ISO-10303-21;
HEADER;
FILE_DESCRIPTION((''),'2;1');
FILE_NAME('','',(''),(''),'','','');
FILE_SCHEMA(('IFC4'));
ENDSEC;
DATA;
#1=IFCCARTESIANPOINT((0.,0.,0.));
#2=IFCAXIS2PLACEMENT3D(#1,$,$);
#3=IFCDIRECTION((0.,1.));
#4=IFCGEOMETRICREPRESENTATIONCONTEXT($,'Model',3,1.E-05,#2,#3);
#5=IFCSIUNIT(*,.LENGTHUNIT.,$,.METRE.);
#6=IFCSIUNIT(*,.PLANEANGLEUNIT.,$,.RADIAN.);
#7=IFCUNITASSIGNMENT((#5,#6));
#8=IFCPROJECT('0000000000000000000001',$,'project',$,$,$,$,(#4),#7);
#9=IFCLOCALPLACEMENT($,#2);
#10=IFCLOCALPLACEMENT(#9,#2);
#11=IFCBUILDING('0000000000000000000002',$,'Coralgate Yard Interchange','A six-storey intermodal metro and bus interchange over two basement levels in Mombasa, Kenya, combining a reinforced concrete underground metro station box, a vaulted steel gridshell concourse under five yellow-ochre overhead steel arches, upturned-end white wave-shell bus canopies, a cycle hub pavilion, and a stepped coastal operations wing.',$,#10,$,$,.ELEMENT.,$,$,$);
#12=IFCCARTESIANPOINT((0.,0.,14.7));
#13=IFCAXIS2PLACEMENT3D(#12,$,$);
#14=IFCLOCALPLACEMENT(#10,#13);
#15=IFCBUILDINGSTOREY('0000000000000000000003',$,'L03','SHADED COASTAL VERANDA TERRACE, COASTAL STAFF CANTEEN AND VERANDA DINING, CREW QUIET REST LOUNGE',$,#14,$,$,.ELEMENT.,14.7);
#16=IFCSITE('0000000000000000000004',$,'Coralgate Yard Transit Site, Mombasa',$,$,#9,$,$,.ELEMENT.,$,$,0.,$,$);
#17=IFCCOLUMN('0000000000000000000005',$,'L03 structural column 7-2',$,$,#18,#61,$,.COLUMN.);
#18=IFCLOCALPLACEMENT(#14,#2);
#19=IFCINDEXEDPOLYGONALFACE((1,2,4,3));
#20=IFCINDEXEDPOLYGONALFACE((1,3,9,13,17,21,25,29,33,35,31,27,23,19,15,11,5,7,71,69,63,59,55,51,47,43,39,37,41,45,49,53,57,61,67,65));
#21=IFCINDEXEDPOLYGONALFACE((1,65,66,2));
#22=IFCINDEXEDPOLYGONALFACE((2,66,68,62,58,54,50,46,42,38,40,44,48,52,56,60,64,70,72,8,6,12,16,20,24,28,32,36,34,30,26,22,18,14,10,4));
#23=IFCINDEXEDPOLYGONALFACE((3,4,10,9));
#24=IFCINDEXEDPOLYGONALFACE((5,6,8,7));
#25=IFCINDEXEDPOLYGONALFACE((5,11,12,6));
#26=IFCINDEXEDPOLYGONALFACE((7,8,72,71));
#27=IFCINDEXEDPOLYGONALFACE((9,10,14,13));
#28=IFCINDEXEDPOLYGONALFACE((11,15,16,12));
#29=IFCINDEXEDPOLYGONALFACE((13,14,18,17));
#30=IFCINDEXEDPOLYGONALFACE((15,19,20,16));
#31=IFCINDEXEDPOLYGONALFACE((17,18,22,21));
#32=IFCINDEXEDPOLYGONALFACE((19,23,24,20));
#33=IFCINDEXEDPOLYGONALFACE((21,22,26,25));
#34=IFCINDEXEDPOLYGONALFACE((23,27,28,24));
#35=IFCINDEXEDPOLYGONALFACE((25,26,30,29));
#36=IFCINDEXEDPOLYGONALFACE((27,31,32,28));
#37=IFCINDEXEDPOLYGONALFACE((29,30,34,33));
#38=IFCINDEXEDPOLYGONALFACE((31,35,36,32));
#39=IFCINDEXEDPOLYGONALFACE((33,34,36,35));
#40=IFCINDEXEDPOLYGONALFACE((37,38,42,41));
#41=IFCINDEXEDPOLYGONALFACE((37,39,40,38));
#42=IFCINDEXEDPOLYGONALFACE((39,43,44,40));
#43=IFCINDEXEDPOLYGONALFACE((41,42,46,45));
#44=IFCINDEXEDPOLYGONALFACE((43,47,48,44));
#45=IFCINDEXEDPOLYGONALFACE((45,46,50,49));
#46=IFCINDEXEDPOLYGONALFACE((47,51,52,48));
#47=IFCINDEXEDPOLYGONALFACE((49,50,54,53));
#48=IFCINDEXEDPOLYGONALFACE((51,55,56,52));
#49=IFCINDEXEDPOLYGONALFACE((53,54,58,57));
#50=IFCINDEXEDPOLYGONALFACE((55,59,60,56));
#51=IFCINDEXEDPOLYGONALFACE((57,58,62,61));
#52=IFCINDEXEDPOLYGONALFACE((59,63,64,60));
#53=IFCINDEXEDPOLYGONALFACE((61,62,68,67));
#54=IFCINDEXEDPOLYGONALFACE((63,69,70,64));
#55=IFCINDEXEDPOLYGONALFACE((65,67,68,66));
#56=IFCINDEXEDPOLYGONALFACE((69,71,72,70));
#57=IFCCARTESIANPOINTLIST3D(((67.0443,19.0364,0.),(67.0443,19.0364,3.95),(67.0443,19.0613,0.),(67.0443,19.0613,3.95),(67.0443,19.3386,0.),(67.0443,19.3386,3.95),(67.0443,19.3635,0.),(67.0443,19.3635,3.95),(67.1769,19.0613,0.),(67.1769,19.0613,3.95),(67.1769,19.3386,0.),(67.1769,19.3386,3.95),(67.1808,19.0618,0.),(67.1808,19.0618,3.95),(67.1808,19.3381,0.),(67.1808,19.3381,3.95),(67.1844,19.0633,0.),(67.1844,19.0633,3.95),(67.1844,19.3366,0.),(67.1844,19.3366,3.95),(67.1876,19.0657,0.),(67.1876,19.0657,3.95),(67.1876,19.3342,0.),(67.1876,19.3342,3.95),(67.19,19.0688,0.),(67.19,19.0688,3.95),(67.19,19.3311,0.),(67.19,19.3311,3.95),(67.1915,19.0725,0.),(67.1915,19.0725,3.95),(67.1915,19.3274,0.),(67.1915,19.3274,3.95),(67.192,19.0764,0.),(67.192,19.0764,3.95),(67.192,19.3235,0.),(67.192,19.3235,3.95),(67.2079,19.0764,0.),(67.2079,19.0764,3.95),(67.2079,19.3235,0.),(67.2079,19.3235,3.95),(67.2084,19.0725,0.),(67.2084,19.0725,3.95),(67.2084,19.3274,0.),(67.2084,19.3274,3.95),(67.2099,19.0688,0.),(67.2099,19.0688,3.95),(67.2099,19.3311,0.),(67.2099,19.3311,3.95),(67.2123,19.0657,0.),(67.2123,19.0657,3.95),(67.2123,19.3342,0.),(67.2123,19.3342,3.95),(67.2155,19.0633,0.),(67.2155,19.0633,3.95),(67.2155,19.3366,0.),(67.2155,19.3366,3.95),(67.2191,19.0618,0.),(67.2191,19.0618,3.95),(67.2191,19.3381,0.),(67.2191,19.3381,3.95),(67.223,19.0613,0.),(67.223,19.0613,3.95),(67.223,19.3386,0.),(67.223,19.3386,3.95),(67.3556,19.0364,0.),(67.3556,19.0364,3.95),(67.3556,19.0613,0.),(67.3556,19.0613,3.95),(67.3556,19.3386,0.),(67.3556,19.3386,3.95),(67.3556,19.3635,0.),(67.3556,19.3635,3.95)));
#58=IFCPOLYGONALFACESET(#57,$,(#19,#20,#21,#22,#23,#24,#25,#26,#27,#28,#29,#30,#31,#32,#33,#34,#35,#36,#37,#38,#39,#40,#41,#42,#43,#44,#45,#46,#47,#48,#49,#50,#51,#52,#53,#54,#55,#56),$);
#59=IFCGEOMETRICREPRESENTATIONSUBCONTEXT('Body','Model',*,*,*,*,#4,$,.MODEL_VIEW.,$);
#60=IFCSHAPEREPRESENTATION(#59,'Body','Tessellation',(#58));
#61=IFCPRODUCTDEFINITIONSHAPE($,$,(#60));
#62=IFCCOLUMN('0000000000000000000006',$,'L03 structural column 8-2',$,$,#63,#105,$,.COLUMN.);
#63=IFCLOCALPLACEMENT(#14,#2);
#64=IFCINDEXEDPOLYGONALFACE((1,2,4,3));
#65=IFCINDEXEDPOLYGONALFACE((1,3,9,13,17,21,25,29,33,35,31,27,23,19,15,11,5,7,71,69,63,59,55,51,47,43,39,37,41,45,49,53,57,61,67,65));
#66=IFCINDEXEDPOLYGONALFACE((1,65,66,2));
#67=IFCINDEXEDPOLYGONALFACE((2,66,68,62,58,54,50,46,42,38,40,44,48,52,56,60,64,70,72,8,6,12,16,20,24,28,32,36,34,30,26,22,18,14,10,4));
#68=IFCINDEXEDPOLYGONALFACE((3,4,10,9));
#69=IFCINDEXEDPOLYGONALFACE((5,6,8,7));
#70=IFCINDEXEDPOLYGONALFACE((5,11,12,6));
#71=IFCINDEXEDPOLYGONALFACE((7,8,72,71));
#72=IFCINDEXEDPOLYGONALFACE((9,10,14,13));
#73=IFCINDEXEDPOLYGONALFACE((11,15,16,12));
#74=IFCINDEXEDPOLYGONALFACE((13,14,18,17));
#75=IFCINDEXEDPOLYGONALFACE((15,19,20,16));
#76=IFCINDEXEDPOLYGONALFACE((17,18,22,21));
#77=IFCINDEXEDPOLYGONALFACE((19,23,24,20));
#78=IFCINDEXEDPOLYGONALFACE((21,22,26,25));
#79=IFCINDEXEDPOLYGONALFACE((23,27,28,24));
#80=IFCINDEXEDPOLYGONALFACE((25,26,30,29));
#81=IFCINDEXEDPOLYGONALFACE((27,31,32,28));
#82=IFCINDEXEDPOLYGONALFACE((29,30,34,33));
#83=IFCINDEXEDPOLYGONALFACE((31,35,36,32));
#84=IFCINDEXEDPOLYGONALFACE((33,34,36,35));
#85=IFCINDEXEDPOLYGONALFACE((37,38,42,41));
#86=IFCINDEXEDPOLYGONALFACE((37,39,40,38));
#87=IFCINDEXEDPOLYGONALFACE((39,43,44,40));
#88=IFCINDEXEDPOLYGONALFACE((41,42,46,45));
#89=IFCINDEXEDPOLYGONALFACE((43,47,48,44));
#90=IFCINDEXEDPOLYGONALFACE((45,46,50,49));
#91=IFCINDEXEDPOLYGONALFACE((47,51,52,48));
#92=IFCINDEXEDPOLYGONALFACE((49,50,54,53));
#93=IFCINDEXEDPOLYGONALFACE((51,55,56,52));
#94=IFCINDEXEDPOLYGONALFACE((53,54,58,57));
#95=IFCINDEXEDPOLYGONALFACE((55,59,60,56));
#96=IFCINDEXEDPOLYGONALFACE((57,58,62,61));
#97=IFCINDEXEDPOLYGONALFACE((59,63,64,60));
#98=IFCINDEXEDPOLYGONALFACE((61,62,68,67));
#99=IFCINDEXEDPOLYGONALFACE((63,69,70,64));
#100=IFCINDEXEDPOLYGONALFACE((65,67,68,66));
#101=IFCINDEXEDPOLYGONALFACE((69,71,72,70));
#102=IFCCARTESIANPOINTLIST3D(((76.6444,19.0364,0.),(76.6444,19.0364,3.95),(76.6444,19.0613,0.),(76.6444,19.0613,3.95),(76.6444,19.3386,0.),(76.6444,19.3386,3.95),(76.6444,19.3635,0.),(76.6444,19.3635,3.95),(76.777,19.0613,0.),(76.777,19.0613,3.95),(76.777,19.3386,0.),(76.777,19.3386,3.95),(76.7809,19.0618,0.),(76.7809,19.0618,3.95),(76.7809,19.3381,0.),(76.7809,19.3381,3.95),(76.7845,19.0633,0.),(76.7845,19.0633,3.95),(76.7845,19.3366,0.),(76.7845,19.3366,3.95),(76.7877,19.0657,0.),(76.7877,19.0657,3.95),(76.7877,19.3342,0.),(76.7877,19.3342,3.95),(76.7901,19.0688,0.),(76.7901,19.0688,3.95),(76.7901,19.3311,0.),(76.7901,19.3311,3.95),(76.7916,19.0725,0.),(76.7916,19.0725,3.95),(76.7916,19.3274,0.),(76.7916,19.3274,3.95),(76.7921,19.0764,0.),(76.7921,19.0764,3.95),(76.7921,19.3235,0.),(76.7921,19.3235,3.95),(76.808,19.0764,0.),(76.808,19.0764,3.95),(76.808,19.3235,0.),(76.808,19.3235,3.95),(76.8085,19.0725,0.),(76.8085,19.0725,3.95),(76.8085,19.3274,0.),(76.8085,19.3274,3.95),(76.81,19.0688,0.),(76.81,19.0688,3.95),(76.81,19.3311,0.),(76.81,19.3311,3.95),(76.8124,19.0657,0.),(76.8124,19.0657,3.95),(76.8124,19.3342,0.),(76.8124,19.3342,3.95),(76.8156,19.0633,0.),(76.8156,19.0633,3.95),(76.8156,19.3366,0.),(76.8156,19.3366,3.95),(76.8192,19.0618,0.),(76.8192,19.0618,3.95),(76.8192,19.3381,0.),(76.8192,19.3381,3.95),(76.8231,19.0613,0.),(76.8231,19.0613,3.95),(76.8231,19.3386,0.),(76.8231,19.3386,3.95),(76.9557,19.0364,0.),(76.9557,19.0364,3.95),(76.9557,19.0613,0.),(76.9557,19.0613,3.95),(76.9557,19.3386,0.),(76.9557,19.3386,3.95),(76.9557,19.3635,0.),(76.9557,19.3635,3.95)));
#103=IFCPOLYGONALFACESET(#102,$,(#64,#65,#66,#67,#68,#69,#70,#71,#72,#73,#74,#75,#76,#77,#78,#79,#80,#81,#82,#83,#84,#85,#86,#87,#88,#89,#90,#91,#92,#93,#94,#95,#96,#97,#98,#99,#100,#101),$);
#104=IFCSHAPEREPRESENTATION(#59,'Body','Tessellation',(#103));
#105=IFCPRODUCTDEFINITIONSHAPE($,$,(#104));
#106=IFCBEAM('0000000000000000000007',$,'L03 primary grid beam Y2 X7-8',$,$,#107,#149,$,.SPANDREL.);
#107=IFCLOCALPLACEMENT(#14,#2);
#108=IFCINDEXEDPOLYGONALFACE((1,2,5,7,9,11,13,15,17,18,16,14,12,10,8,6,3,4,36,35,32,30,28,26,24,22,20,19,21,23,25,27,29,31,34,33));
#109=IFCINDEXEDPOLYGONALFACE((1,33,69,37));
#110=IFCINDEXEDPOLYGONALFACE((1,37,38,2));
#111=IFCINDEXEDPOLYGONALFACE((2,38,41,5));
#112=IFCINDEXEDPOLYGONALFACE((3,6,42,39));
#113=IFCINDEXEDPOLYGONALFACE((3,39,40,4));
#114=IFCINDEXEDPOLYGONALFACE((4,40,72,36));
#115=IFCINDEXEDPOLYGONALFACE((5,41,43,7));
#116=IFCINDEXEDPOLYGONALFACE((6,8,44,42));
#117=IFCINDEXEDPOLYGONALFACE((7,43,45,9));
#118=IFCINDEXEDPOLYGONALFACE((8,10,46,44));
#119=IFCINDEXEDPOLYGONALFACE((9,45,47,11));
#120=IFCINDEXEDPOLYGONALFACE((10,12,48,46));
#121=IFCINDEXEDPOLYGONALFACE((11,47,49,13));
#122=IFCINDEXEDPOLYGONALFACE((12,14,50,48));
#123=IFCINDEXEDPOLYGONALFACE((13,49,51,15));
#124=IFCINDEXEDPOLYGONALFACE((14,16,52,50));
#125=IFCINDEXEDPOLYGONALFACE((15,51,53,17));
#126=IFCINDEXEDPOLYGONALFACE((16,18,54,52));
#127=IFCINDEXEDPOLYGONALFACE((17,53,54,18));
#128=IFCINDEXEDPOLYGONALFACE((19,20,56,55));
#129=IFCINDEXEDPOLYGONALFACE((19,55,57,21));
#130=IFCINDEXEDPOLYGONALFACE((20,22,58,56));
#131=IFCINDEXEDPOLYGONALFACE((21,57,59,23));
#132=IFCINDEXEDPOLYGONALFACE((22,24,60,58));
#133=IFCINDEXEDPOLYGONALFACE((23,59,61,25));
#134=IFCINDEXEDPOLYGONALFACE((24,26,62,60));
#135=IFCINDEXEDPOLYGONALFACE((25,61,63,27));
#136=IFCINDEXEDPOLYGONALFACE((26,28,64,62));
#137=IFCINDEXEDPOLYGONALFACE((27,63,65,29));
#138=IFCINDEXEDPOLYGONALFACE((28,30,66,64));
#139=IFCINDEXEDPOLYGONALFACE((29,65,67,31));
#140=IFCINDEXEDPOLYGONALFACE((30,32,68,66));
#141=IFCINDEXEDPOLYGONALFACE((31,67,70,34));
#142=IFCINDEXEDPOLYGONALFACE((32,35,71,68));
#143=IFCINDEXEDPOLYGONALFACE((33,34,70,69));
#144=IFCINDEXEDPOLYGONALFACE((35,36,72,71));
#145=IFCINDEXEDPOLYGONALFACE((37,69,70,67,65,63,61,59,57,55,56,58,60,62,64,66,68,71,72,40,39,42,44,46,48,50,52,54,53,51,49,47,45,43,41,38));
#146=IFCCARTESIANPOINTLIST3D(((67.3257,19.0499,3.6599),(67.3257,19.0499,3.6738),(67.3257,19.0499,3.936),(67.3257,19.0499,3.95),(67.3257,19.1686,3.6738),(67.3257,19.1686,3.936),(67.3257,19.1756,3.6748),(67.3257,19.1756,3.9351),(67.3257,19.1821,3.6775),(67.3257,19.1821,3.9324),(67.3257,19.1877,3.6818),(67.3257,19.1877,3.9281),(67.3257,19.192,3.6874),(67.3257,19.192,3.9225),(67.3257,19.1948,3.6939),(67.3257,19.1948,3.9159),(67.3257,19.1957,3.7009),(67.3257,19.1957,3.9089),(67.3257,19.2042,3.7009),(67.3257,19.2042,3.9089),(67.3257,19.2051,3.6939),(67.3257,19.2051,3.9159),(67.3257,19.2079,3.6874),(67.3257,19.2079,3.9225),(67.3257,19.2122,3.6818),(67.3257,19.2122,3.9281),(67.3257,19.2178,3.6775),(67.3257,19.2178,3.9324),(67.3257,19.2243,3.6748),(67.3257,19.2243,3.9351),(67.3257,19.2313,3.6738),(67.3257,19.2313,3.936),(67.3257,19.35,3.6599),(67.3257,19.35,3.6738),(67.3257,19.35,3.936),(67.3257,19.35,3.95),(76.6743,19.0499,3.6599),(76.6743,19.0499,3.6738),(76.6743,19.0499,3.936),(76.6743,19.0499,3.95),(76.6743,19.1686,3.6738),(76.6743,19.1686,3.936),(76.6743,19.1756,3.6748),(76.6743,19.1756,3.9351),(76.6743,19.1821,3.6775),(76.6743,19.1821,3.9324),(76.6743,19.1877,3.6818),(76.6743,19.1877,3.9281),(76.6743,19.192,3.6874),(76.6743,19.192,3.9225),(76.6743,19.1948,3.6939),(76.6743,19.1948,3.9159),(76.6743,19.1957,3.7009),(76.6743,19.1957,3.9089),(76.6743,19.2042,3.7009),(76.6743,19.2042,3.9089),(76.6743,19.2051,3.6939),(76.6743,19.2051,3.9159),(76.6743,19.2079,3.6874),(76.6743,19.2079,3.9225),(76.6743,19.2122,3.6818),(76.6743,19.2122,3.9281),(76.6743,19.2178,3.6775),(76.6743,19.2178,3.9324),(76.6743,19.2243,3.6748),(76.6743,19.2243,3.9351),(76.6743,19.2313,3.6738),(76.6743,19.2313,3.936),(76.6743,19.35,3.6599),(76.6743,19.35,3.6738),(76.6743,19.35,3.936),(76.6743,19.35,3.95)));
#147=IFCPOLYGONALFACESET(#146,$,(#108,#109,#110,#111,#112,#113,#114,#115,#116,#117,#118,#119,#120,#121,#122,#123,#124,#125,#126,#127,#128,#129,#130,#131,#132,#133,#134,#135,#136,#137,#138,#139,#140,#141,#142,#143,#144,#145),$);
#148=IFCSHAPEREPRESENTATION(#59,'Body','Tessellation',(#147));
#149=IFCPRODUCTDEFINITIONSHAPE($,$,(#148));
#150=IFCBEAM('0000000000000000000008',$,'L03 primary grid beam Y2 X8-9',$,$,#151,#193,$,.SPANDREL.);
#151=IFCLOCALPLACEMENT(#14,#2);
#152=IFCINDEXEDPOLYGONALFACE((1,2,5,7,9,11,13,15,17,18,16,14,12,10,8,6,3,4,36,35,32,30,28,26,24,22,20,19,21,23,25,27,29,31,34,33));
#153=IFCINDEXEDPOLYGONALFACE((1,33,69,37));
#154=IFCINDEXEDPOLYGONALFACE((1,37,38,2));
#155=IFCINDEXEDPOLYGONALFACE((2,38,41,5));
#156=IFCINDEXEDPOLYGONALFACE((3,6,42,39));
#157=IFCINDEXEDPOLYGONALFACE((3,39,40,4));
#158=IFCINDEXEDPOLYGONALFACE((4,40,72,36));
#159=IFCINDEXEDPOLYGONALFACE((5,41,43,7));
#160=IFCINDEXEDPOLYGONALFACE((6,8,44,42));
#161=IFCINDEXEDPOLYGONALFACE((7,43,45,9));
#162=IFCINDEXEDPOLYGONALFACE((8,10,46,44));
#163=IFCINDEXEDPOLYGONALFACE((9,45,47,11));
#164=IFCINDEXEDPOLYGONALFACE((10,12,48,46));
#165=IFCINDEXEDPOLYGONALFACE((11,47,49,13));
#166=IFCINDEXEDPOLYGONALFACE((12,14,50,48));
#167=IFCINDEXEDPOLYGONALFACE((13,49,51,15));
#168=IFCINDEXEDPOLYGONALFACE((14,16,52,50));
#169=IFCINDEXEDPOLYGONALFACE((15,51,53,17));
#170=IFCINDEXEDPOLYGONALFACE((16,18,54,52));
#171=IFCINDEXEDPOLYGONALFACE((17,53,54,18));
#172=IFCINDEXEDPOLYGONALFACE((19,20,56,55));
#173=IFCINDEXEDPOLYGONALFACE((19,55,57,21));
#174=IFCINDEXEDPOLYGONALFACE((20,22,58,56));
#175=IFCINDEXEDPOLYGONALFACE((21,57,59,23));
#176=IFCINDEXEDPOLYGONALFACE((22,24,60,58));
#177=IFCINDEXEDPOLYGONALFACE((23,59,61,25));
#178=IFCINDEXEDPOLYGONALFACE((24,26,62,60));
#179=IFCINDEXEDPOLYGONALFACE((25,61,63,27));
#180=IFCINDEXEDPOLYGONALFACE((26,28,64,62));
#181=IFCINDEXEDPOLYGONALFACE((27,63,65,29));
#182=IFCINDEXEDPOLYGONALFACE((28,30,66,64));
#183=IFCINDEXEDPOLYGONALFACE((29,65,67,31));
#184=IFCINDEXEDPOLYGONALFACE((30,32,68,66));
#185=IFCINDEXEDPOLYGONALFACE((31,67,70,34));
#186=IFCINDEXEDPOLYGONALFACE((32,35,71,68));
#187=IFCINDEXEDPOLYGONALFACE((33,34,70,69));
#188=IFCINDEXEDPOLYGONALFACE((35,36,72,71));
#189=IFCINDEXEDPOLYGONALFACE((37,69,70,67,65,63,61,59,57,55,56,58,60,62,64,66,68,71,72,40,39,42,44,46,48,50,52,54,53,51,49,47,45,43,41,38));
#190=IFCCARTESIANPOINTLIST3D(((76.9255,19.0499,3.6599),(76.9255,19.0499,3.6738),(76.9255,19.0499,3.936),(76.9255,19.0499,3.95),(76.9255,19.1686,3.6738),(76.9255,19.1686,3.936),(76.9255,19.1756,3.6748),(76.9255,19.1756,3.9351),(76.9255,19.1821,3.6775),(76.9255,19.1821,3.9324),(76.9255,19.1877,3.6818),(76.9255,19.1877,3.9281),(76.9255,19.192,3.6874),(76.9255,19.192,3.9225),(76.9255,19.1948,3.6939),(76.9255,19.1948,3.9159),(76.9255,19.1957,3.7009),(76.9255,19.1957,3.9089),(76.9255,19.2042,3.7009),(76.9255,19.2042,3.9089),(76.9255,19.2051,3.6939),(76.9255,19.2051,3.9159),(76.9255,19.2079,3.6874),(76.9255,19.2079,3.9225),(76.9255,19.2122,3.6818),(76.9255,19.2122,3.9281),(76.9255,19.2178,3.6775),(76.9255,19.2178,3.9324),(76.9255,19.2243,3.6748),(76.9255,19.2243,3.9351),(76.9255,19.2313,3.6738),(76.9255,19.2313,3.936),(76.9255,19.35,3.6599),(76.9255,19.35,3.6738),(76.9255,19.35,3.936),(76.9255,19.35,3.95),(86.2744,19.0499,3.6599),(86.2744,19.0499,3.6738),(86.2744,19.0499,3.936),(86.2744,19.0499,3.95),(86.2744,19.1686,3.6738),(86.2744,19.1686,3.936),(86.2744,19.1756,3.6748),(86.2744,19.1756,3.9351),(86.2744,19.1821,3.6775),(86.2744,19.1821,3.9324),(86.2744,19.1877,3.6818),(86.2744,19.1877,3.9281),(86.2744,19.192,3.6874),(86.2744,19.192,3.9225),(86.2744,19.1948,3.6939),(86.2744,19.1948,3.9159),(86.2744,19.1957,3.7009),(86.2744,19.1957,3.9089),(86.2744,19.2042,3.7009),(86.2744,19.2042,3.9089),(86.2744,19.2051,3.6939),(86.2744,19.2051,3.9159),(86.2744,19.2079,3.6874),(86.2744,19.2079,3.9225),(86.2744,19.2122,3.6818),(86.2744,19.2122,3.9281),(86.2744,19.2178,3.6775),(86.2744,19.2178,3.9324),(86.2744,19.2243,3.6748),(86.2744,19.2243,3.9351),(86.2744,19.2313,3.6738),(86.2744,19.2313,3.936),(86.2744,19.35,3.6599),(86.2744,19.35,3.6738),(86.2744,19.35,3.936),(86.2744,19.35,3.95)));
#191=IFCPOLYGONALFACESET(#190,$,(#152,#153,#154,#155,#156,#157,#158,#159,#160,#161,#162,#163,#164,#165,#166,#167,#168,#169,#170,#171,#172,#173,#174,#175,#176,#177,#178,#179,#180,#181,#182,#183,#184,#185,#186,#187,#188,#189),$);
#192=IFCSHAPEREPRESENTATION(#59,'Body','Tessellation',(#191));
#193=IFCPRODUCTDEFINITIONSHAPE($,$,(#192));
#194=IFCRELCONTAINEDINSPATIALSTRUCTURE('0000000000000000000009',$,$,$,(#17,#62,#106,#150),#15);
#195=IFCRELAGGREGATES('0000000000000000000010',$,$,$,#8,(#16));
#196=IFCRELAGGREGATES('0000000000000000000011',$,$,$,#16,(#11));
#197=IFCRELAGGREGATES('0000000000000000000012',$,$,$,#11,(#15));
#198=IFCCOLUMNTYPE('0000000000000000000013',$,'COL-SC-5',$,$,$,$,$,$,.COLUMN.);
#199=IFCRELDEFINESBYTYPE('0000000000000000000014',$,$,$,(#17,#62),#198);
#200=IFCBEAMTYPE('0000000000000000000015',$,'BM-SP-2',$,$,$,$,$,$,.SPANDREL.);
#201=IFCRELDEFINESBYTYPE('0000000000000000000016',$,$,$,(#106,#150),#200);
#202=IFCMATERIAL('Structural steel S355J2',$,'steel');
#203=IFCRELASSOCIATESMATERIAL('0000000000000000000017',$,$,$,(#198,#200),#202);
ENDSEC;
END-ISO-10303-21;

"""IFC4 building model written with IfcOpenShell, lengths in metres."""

from ifc_helpers import new_model, si_unit, direction, frame, origin, origin_2d, place, context, subcontext, project, spatial, i_section, extrude, material, material_profile, profile_set, type_object, element, save


model = new_model("IFC4")

# Units and contexts
model_context = context("Model", 3, precision=1e-05, world=origin(), true_north=direction((0.0, 1.0)))
body_context = subcontext(model_context, "Body", "Model", "MODEL_VIEW")
ifc_project = project(units=[si_unit("LENGTHUNIT", "METRE"), si_unit("PLANEANGLEUNIT", "RADIAN")], contexts=[model_context])

# Site, building, storey
site_placement = place(None, origin())
site = spatial("IfcSite", under=ifc_project, at=site_placement, Name="Coralgate Yard Transit Site, Mombasa", CompositionType="ELEMENT", RefElevation=0.0)
building_placement = place(site_placement, origin())
building = spatial("IfcBuilding", under=site, at=building_placement, Name="Coralgate Yard Interchange", Description="A six-storey intermodal metro and bus interchange over two basement levels in Mombasa, Kenya, combining a reinforced concrete underground metro station box, a vaulted steel gridshell concourse under five yellow-ochre overhead steel arches, upturned-end white wave-shell bus canopies, a cycle hub pavilion, and a stepped coastal operations wing.", CompositionType="ELEMENT")
storey_placement = place(building_placement, frame((0.0, 0.0, 14.7)))
storey = spatial("IfcBuildingStorey", under=building, at=storey_placement, Name="L03", Description="SHADED COASTAL VERANDA TERRACE, COASTAL STAFF CANTEEN AND VERANDA DINING, CREW QUIET REST LOUNGE", CompositionType="ELEMENT", Elevation=14.7)

# Columns
ifc_material_1 = material(Name="Structural steel S355J2", Category="steel")
ifc_material_profile_1 = material_profile(ifc_material_1, i_section(OverallWidth=0.3113, OverallDepth=0.3271, WebThickness=0.0159, FlangeThickness=0.0249, FilletRadius=0.0151, at=origin_2d()), Name="UC 305x305x158")
ifc_profile_set_1 = profile_set([ifc_material_profile_1], Name="Structural steel S355J2")
column_type = type_object("IfcColumnType", Name="COL-SC-5", PredefinedType="COLUMN", material=ifc_profile_set_1)
for number, where, z_axis, x_axis, name in (
    (1, (67.2, 19.2, 0.0), (0.0, 0.0, 1.0), (1.0, 0.0, 0.0), "L03 structural column 7-2"),
    (2, (76.8, 19.2, 0.0), (0.0, 0.0, 1.0), (1.0, 0.0, 0.0), "L03 structural column 8-2"),
):
    element("IfcColumn", number, at=place(storey_placement, frame(where, z_axis=z_axis, x_axis=x_axis)), inside=storey, type_object=column_type, Name=name, PredefinedType="COLUMN", context=body_context, shape_type="SweptSolid", body=[
        extrude(i_section(OverallWidth=0.3113, OverallDepth=0.3271, WebThickness=0.0159, FlangeThickness=0.0249, FilletRadius=0.0151, at=origin_2d()), origin(), (0.0, 0.0, 1.0), 3.95),
    ])

# Beams
ifc_material_profile_2 = material_profile(ifc_material_1, i_section(OverallWidth=0.3, OverallDepth=0.29, WebThickness=0.0085, FlangeThickness=0.0139, FilletRadius=0.0271, at=origin_2d()), Name="HEA 300")
ifc_profile_set_2 = profile_set([ifc_material_profile_2], Name="Structural steel S355J2")
beam_type = type_object("IfcBeamType", Name="BM-SP-2", PredefinedType="SPANDREL", material=ifc_profile_set_2)
beam_1_placement = place(storey_placement, frame((67.3257, 19.2, 3.8049), z_axis=(1.0, 0.0, 0.0), x_axis=(0.0, 1.0, 0.0)))
element("IfcBeam", 3, at=beam_1_placement, inside=storey, type_object=beam_type, Name="L03 primary grid beam Y2 X7-8", PredefinedType="SPANDREL", context=body_context, shape_type="SweptSolid", body=[
    extrude(i_section(OverallWidth=0.3, OverallDepth=0.29, WebThickness=0.0085, FlangeThickness=0.0139, FilletRadius=0.0271, at=origin_2d()), origin(), (0.0, 0.0, 1.0), 9.3486),
])
beam_2_placement = place(storey_placement, frame((76.9255, 19.2, 3.8049), z_axis=(1.0, 0.0, 0.0), x_axis=(0.0, 1.0, 0.0)))
element("IfcBeam", 4, at=beam_2_placement, inside=storey, type_object=beam_type, Name="L03 primary grid beam Y2 X8-9", PredefinedType="SPANDREL", context=body_context, shape_type="SweptSolid", body=[
    extrude(i_section(OverallWidth=0.3, OverallDepth=0.29, WebThickness=0.0085, FlangeThickness=0.0139, FilletRadius=0.0271, at=origin_2d()), origin(), (0.0, 0.0, 1.0), 9.3489),
])

save(model, "model.ifc")
